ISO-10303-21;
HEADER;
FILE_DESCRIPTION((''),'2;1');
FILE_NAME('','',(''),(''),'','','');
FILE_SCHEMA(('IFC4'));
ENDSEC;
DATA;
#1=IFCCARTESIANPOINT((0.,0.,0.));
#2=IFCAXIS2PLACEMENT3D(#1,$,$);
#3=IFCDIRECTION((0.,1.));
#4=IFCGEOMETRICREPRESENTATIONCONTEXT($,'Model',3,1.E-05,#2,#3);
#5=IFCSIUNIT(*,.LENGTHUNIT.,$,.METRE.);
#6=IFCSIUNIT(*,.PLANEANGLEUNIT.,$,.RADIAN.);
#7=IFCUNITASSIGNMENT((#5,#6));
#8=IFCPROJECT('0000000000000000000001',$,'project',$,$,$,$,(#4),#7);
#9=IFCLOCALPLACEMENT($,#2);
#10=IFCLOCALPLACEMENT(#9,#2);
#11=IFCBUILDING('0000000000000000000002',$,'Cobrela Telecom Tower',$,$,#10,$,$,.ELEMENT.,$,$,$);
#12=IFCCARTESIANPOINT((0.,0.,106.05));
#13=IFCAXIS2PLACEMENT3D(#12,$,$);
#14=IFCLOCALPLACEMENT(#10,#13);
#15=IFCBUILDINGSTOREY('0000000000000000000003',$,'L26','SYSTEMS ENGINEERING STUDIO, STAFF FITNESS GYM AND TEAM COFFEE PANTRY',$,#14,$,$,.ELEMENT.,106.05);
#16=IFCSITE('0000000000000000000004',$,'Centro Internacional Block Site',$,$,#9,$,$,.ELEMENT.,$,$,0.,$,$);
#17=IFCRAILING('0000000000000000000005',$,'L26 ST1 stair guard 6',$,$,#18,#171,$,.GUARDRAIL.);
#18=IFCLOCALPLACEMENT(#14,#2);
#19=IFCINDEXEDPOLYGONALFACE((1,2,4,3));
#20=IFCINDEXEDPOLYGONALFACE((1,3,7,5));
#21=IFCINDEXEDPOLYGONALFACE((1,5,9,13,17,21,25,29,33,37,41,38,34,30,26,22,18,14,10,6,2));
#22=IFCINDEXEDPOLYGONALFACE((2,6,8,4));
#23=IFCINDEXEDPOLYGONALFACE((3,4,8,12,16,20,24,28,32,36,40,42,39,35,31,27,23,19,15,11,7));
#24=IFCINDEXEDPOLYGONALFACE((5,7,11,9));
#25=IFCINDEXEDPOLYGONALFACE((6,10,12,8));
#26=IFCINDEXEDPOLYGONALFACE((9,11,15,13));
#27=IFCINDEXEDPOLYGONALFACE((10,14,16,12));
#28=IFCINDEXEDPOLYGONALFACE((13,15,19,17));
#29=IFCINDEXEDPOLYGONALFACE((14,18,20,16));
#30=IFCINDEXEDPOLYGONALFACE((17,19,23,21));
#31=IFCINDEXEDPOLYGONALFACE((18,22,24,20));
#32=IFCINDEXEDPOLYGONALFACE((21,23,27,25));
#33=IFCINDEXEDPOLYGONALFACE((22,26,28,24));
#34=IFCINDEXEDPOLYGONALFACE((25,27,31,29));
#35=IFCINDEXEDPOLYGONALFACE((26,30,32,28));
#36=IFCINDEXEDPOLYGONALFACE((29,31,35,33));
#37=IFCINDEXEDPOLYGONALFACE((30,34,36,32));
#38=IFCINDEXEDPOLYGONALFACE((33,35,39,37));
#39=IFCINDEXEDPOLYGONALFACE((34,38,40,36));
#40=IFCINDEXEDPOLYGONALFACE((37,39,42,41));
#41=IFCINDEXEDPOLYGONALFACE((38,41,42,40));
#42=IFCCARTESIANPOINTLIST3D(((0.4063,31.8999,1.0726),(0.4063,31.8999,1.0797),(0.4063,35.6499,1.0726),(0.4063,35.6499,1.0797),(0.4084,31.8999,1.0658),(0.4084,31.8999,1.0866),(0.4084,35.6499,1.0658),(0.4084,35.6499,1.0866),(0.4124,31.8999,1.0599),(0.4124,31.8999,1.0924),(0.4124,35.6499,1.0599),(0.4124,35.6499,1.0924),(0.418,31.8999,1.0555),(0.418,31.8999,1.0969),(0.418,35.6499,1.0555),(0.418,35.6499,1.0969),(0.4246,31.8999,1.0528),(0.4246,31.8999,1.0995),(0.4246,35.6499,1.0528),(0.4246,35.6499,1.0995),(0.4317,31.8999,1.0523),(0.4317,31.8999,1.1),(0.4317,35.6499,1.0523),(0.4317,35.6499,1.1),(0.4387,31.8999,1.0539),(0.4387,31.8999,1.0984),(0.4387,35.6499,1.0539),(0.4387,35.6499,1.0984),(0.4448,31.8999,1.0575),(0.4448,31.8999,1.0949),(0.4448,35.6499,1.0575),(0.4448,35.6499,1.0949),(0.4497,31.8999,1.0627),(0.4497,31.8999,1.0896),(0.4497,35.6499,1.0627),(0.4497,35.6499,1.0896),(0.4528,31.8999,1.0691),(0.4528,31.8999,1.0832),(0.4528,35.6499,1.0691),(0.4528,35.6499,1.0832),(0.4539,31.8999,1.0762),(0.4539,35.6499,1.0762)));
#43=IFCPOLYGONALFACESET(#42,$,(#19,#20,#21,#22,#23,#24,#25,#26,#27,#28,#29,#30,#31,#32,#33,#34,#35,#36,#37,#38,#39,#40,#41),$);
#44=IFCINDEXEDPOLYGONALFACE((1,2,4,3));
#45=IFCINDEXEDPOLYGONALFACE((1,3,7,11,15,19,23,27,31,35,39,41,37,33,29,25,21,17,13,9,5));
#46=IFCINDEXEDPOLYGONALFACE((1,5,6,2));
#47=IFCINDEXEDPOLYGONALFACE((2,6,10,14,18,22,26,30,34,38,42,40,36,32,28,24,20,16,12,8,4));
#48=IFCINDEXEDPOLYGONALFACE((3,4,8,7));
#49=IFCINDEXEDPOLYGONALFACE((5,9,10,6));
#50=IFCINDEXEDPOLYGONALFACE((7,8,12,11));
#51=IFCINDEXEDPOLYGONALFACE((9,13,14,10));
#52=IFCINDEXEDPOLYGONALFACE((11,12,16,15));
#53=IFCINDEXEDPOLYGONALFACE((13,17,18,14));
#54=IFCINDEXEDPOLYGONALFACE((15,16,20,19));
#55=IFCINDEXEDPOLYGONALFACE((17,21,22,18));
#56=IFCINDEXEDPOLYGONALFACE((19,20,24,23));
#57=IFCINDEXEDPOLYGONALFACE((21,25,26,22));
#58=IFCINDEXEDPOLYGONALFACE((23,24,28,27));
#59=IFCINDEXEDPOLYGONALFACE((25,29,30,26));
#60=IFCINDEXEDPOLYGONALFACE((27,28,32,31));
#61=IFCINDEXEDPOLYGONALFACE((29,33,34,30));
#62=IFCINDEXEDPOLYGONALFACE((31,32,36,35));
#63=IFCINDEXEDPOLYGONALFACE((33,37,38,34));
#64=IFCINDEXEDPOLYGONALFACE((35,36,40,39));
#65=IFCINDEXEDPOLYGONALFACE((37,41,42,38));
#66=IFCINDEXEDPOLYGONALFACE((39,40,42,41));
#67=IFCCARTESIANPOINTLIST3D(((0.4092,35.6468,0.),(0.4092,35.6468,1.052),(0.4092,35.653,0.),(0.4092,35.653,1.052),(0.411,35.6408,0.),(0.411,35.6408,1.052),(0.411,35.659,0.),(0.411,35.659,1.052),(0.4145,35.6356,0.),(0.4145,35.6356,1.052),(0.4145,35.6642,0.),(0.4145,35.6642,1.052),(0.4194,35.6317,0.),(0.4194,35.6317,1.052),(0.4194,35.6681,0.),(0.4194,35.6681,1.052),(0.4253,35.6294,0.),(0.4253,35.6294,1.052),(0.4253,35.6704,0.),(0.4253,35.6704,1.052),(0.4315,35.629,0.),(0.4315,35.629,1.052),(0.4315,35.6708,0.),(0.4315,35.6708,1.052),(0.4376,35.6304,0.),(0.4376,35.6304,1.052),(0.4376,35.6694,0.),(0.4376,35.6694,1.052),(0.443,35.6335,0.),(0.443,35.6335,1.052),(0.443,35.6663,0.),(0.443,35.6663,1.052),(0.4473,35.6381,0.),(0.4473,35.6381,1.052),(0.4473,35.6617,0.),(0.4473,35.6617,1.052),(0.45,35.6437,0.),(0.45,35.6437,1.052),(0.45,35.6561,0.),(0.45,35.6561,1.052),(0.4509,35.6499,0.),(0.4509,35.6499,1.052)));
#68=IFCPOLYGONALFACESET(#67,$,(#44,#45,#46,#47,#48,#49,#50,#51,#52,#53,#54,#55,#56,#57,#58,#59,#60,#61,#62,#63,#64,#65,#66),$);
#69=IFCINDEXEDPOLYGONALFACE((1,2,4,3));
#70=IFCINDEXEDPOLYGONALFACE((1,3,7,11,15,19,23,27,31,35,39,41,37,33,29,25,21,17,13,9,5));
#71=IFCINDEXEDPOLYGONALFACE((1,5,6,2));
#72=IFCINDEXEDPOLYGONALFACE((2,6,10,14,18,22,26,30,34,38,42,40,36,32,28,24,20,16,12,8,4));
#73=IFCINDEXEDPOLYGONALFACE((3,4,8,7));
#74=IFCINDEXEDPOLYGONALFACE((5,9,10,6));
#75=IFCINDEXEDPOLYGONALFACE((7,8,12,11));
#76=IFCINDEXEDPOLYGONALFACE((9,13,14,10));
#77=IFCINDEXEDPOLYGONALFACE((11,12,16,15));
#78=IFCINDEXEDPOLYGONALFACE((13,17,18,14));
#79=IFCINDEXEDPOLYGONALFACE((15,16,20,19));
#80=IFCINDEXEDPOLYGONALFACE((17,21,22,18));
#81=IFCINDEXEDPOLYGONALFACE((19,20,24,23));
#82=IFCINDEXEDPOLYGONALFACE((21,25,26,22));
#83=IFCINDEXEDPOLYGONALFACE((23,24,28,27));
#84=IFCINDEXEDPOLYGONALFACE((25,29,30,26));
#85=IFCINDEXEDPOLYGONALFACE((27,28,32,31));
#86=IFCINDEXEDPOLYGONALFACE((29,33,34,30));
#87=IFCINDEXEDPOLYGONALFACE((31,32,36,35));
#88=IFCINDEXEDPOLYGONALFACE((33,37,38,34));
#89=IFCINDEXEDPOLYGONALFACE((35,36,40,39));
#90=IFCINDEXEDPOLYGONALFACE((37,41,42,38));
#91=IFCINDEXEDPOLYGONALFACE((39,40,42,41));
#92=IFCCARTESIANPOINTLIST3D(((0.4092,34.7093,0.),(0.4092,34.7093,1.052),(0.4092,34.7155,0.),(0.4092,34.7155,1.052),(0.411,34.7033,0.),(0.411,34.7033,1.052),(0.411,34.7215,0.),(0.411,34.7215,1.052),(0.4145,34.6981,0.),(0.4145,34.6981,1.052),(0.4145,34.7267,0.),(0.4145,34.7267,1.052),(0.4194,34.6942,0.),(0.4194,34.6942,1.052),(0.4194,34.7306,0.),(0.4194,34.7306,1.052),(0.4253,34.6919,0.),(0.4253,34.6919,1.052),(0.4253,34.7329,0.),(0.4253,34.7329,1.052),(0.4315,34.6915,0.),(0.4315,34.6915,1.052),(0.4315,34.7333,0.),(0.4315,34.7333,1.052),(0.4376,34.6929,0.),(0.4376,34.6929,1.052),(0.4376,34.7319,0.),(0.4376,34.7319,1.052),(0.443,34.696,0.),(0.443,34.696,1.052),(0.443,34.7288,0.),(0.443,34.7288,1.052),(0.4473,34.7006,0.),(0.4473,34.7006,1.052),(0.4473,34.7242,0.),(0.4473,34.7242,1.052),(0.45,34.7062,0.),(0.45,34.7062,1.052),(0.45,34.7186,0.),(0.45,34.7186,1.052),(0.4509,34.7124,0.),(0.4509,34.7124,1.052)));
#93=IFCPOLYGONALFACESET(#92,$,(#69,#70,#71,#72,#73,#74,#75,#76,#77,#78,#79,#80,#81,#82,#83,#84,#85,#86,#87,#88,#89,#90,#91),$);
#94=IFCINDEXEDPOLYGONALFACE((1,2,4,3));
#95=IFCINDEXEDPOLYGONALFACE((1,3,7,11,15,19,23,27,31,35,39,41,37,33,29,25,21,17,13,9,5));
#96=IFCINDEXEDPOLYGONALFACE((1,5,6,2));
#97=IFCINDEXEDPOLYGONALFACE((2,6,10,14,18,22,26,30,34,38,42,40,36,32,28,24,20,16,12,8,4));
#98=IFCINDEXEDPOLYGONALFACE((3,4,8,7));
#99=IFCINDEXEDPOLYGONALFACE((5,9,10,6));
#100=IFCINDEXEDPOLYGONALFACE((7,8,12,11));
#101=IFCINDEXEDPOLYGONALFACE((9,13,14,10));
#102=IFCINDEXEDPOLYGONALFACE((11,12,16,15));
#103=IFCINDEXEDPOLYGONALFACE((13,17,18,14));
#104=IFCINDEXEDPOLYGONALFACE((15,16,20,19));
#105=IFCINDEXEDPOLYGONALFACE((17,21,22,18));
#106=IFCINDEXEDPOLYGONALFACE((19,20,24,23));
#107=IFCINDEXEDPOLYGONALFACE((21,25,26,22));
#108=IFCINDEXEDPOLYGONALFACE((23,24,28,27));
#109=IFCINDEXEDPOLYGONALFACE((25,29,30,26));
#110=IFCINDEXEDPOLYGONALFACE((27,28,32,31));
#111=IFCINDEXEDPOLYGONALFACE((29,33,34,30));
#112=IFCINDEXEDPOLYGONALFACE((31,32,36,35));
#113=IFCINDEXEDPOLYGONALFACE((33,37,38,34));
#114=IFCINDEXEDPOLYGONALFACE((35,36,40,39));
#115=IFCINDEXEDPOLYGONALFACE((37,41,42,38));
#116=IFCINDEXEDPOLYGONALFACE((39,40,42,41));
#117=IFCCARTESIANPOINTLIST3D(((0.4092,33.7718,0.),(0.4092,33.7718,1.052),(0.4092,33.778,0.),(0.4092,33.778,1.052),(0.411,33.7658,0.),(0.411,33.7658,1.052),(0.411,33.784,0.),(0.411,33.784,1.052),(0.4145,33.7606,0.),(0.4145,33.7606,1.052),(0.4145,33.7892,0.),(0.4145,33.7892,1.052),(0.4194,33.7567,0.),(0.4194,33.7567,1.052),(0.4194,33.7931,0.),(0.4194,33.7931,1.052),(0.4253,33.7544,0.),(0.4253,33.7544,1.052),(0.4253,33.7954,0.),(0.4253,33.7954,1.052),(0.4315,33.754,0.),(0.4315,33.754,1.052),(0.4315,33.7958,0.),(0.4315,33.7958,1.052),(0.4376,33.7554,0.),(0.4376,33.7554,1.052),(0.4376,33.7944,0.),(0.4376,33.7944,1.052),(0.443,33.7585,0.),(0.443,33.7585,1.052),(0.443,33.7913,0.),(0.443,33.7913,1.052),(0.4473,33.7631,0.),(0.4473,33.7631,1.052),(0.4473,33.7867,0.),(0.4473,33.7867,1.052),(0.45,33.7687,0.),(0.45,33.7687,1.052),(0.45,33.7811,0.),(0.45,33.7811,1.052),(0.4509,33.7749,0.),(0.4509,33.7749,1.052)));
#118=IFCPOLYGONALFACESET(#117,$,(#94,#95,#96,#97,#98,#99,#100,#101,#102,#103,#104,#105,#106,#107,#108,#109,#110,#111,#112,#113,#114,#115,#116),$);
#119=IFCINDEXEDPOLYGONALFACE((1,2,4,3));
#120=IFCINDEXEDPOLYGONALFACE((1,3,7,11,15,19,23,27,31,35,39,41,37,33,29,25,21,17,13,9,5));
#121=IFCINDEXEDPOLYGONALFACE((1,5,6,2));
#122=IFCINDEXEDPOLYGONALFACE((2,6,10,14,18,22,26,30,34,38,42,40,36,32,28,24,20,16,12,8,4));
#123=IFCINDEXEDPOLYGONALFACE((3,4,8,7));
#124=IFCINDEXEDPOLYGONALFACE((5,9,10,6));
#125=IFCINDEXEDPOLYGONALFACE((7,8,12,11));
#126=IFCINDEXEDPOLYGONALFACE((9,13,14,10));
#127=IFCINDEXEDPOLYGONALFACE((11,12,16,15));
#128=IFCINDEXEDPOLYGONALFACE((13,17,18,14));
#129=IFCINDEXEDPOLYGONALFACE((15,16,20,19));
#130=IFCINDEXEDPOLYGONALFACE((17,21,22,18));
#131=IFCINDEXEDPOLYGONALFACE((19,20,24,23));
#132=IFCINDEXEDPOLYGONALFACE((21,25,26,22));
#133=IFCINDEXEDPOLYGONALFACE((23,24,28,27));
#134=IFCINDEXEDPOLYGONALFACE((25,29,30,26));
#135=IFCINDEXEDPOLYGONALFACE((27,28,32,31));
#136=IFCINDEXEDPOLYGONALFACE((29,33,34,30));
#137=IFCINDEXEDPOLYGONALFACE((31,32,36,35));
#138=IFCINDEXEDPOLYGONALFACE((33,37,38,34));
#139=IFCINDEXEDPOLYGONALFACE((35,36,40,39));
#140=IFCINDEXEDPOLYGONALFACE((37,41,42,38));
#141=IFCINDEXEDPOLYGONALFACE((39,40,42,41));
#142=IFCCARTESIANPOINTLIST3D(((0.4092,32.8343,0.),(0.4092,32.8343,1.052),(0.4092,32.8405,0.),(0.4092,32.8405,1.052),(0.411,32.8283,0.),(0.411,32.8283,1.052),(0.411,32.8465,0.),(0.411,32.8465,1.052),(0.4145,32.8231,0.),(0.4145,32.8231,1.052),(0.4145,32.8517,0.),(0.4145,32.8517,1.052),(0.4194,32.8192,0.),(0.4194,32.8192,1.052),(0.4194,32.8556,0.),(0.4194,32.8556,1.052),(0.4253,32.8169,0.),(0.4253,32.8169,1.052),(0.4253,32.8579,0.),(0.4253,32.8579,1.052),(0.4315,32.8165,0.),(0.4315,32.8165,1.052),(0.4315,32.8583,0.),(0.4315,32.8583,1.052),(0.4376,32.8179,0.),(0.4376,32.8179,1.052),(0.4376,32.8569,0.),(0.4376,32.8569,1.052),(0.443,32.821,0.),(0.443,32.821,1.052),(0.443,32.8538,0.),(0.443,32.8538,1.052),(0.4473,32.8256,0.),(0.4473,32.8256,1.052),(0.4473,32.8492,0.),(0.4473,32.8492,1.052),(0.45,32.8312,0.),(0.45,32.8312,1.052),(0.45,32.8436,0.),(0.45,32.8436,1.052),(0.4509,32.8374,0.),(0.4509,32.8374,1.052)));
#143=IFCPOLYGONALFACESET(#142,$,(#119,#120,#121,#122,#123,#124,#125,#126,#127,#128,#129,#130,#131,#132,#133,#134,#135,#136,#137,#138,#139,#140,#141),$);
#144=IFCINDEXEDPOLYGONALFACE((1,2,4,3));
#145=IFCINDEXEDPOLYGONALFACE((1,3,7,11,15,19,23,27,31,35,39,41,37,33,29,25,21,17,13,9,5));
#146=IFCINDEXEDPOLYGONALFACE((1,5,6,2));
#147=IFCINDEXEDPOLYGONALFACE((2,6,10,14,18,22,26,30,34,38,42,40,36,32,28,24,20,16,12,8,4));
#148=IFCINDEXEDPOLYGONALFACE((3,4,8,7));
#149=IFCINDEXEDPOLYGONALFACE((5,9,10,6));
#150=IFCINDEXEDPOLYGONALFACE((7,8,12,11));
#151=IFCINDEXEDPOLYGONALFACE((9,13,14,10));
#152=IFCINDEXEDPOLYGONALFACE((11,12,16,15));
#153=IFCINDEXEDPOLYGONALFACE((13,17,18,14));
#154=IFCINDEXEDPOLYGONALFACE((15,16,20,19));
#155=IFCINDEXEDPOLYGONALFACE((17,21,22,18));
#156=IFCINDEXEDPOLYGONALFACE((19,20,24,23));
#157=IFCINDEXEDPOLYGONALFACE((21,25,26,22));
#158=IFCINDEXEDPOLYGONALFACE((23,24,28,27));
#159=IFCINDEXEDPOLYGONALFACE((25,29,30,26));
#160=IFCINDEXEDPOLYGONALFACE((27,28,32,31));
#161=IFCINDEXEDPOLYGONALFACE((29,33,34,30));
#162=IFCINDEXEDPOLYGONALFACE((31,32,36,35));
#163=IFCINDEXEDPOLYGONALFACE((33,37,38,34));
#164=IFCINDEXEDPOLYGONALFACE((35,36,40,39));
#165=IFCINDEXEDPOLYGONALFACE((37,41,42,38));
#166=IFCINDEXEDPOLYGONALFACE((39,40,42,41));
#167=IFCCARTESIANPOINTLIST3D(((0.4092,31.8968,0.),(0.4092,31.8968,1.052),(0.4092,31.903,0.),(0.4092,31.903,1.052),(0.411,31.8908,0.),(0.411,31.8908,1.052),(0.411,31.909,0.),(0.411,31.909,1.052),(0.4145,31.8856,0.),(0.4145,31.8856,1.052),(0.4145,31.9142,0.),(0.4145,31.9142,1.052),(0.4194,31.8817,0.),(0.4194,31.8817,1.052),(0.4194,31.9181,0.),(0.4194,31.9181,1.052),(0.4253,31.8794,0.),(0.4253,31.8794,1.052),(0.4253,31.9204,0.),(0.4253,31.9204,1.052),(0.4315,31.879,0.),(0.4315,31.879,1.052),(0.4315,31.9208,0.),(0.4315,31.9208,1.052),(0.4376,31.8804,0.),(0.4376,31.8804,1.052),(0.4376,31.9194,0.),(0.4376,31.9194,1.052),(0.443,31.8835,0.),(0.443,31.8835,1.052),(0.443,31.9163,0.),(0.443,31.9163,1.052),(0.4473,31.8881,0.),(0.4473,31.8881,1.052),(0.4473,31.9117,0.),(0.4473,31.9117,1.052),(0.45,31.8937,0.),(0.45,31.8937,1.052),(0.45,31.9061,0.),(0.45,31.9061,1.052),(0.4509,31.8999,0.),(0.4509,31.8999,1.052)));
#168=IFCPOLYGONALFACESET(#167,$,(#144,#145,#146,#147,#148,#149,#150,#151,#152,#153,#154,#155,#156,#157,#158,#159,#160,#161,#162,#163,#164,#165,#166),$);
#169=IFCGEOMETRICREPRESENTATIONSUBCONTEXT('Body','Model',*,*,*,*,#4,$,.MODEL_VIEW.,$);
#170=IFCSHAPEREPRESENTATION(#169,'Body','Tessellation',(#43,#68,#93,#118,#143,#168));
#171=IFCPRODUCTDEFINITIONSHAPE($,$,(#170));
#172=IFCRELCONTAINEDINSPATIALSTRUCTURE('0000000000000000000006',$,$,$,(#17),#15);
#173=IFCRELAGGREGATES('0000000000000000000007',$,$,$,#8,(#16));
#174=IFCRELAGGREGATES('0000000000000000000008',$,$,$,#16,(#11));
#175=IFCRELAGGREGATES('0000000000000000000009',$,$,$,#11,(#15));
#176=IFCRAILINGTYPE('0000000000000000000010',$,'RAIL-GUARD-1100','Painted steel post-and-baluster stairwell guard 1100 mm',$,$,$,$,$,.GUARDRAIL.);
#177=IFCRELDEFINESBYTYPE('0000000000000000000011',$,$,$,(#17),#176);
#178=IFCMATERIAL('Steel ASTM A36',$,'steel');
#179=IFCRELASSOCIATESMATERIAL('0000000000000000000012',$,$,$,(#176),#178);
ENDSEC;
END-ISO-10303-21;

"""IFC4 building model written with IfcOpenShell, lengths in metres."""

from ifc_helpers import new_model, si_unit, direction, frame, origin, origin_2d, place, context, subcontext, project, spatial, circle, extrude, material, type_object, element, save


model = new_model("IFC4")

# Units and contexts
model_context = context("Model", 3, precision=1e-05, world=origin(), true_north=direction((0.0, 1.0)))
body_context = subcontext(model_context, "Body", "Model", "MODEL_VIEW")
ifc_project = project(units=[si_unit("LENGTHUNIT", "METRE"), si_unit("PLANEANGLEUNIT", "RADIAN")], contexts=[model_context])

# Site, building, storey
site_placement = place(None, origin())
site = spatial("IfcSite", under=ifc_project, at=site_placement, Name="Centro Internacional Block Site", CompositionType="ELEMENT", RefElevation=0.0)
building_placement = place(site_placement, origin())
building = spatial("IfcBuilding", under=site, at=building_placement, Name="Cobrela Telecom Tower", CompositionType="ELEMENT")
storey_placement = place(building_placement, frame((0.0, 0.0, 106.05)))
storey = spatial("IfcBuildingStorey", under=building, at=storey_placement, Name="L26", Description="SYSTEMS ENGINEERING STUDIO, STAFF FITNESS GYM AND TEAM COFFEE PANTRY", CompositionType="ELEMENT", Elevation=106.05)

# Shared definitions
ifc_material_1 = material(Name="Steel ASTM A36", Category="steel")

# Railing
railing_type_1 = type_object("IfcRailingType", Name="RAIL-GUARD-1100", Description="Painted steel post-and-baluster stairwell guard 1100 mm", PredefinedType="GUARDRAIL", material=ifc_material_1)
railing_1_placement = place(storey_placement, frame((0.4299, 35.6499, 0.0)))
element("IfcRailing", 1, at=railing_1_placement, inside=storey, type_object=railing_type_1, Name="L26 ST1 stair guard 6", PredefinedType="GUARDRAIL", context=body_context, shape_type="SweptSolid", body=[
    extrude(circle(Radius=0.0239, at=origin_2d()), frame((0.0, 0.0, 1.0762), z_axis=(0.0, -1.0, 0.0), x_axis=(1.0, 0.0, 0.0)), (0.0, 0.0, 1.0), 3.75),
    extrude(circle(Radius=0.021, at=origin_2d()), origin(), (0.0, 0.0, 1.0), 1.052),
    extrude(circle(Radius=0.021, at=origin_2d()), frame((0.0, -0.9375, 0.0)), (0.0, 0.0, 1.0), 1.052),
    extrude(circle(Radius=0.021, at=origin_2d()), frame((0.0, -1.875, 0.0)), (0.0, 0.0, 1.0), 1.052),
    extrude(circle(Radius=0.021, at=origin_2d()), frame((0.0, -2.8125, 0.0)), (0.0, 0.0, 1.0), 1.052),
    extrude(circle(Radius=0.021, at=origin_2d()), frame((0.0, -3.75, 0.0)), (0.0, 0.0, 1.0), 1.052),
])

save(model, "model.ifc")
